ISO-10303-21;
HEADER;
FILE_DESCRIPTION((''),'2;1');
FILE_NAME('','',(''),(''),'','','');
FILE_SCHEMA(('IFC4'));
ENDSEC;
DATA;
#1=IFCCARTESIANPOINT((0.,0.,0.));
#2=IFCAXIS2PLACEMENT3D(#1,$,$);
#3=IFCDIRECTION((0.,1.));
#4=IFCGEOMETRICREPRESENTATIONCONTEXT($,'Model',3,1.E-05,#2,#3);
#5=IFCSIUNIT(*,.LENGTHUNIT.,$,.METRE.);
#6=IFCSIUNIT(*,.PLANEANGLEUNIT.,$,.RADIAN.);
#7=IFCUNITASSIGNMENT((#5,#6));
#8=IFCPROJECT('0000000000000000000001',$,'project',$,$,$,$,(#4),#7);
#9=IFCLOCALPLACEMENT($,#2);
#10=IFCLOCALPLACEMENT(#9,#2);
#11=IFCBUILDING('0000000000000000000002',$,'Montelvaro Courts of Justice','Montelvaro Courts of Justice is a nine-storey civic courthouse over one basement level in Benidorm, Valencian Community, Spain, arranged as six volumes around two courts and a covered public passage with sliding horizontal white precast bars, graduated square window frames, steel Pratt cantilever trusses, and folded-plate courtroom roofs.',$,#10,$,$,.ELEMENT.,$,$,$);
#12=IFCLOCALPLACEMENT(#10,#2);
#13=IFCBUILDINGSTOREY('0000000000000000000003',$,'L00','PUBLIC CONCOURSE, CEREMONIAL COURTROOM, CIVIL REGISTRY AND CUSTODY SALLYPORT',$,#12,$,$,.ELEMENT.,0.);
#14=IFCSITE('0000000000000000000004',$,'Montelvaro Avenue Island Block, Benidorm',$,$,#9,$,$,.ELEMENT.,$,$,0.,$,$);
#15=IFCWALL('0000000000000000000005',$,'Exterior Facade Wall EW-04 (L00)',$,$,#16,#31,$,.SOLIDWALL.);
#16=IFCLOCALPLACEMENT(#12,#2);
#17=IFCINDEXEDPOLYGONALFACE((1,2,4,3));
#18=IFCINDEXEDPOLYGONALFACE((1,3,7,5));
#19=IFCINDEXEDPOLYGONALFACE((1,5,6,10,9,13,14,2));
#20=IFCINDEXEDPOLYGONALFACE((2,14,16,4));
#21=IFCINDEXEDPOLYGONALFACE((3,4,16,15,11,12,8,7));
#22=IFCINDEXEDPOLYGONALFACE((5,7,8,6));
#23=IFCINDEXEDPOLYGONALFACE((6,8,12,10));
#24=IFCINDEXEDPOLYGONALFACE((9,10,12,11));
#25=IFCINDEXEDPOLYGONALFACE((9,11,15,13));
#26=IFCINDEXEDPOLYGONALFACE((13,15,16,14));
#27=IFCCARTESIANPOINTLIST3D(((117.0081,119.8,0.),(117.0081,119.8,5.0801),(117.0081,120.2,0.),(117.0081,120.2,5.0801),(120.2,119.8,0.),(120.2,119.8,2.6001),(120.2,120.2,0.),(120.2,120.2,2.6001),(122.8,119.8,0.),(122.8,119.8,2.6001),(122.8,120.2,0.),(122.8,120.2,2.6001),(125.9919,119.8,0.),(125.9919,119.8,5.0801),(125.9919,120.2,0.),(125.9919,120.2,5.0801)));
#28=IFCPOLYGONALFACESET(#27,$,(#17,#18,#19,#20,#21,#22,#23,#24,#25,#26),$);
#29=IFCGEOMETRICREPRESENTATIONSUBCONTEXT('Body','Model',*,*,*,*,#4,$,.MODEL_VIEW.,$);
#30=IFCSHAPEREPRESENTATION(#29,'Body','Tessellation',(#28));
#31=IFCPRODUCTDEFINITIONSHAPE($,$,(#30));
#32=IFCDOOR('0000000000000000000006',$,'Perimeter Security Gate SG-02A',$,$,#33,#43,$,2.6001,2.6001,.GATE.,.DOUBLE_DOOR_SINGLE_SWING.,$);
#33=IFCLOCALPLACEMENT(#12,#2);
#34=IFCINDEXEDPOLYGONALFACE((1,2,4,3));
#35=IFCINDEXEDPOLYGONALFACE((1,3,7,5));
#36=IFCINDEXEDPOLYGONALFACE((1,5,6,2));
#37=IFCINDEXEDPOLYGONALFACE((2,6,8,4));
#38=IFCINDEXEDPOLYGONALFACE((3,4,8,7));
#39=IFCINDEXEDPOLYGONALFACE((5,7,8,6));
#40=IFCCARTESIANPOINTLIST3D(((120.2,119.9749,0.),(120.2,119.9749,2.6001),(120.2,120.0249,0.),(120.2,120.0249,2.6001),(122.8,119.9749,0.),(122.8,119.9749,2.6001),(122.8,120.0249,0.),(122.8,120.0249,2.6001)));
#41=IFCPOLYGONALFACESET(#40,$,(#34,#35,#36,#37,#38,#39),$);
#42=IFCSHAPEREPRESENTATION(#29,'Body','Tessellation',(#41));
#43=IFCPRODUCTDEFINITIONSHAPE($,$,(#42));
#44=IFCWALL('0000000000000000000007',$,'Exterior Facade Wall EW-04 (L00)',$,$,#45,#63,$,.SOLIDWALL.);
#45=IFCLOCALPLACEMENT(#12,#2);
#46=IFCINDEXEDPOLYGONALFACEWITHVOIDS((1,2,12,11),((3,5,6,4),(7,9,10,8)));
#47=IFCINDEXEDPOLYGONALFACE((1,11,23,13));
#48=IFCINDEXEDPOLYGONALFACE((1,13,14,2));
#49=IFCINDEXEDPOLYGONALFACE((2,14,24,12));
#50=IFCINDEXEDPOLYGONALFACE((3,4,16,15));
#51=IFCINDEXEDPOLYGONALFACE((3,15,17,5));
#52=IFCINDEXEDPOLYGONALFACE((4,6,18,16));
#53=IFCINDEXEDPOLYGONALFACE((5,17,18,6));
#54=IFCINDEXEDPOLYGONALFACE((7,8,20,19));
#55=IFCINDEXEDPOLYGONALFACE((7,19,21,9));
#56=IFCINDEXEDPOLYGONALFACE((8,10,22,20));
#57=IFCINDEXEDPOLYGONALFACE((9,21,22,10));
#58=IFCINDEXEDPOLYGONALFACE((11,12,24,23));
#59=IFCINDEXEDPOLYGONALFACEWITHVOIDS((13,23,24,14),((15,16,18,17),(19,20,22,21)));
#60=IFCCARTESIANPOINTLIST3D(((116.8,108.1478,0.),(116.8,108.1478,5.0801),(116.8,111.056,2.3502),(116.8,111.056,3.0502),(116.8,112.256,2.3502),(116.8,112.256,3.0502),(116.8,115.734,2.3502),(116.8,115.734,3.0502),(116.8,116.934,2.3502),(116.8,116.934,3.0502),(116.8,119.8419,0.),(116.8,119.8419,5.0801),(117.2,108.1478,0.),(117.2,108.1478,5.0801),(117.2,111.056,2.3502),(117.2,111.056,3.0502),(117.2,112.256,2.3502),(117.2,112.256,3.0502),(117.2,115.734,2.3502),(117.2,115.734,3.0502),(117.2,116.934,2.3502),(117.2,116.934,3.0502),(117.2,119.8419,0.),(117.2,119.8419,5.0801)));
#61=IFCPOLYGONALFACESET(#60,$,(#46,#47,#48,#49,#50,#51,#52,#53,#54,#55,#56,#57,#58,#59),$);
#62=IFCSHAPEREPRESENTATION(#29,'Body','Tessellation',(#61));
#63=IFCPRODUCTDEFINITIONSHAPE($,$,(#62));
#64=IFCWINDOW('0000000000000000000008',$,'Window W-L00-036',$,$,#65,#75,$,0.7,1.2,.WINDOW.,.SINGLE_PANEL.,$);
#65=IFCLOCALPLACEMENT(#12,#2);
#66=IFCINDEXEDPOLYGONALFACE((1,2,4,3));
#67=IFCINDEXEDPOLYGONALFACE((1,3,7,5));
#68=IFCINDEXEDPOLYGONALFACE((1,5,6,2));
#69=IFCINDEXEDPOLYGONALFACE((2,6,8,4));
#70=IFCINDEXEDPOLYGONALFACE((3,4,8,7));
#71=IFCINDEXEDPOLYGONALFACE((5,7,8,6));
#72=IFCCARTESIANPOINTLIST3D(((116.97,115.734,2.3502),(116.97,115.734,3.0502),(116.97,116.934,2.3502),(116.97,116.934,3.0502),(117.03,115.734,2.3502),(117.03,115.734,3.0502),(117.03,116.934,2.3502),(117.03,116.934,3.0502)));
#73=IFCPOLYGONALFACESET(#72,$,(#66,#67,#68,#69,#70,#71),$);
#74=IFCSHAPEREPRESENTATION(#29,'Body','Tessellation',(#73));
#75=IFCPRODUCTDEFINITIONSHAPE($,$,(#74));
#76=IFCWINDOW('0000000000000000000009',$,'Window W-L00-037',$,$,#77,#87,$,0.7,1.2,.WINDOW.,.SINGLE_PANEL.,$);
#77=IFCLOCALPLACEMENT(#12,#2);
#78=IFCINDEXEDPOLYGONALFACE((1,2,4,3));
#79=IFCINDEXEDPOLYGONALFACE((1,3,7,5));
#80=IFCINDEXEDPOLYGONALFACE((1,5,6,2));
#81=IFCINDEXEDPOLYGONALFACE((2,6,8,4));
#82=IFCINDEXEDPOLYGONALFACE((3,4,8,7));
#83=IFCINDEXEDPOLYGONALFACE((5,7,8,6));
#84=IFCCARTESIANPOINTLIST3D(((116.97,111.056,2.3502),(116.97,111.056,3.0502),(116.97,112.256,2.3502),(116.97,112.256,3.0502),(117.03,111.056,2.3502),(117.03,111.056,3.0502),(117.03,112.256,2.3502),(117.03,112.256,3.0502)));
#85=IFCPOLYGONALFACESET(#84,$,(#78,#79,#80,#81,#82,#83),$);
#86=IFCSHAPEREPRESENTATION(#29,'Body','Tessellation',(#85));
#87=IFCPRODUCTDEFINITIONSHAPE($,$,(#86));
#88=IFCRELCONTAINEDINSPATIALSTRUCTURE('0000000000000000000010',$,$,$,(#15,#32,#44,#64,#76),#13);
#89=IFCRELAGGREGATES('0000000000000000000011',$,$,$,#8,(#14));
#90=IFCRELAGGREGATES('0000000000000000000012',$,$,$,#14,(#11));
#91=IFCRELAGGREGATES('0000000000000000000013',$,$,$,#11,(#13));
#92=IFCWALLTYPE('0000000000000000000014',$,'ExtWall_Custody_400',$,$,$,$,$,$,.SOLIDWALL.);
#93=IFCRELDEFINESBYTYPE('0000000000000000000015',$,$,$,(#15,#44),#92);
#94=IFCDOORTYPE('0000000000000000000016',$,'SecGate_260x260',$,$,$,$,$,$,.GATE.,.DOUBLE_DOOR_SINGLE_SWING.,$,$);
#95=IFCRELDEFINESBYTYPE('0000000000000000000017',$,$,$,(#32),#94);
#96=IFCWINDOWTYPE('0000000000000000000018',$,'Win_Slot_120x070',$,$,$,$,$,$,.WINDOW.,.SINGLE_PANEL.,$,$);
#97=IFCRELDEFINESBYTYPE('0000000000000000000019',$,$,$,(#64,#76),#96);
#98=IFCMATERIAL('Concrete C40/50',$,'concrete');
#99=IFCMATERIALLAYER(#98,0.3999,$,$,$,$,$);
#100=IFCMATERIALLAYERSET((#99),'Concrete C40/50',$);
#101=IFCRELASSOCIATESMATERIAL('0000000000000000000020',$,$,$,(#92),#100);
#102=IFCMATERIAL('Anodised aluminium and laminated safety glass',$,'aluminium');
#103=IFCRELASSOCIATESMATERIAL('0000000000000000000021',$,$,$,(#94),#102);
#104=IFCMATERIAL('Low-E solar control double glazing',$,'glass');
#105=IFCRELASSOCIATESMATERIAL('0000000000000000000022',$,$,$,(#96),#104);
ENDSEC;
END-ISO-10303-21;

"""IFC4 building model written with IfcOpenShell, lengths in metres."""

from ifc_helpers import new_model, si_unit, direction, frame, frame_2d, origin, place, context, subcontext, project, spatial, rectangle, extrude, material, layer, layer_set, type_object, element, fill, save


model = new_model("IFC4")

# Units and contexts
model_context = context("Model", 3, precision=1e-05, world=origin(), true_north=direction((0.0, 1.0)))
body_context = subcontext(model_context, "Body", "Model", "MODEL_VIEW")
ifc_project = project(units=[si_unit("LENGTHUNIT", "METRE"), si_unit("PLANEANGLEUNIT", "RADIAN")], contexts=[model_context])

# Site, building, storey
site_placement = place(None, origin())
site = spatial("IfcSite", under=ifc_project, at=site_placement, Name="Montelvaro Avenue Island Block, Benidorm", CompositionType="ELEMENT", RefElevation=0.0)
building_placement = place(site_placement, origin())
building = spatial("IfcBuilding", under=site, at=building_placement, Name="Montelvaro Courts of Justice", Description="Montelvaro Courts of Justice is a nine-storey civic courthouse over one basement level in Benidorm, Valencian Community, Spain, arranged as six volumes around two courts and a covered public passage with sliding horizontal white precast bars, graduated square window frames, steel Pratt cantilever trusses, and folded-plate courtroom roofs.", CompositionType="ELEMENT")
storey_placement = place(building_placement, origin())
storey = spatial("IfcBuildingStorey", under=building, at=storey_placement, Name="L00", Description="PUBLIC CONCOURSE, CEREMONIAL COURTROOM, CIVIL REGISTRY AND CUSTODY SALLYPORT", CompositionType="ELEMENT", Elevation=0.0)

# Shared definitions
ifc_material_1 = material(Name="Concrete C40/50", Category="concrete")
ifc_layer_1 = layer(ifc_material_1, 0.3999)
ifc_layer_set_1 = layer_set([ifc_layer_1], Name="Concrete C40/50")
wall_type_1 = type_object("IfcWallType", Name="ExtWall_Custody_400", PredefinedType="SOLIDWALL", material=ifc_layer_set_1)
ifc_material_2 = material(Name="Low-E solar control double glazing", Category="glass")

# Wall, opening, door
wall_1_placement = place(storey_placement, frame((125.9919, 120.0, 0.0), z_axis=(0.0, 0.0, 1.0), x_axis=(-1.0, 0.0, 0.0)))
wall_1 = element("IfcWall", 1, at=wall_1_placement, inside=storey, type_object=wall_type_1, Name="Exterior Facade Wall EW-04 (L00)", PredefinedType="SOLIDWALL", context=body_context, shape_type="SweptSolid", body=[
    extrude(rectangle(XDim=8.9839, YDim=0.3999, at=frame_2d((4.4919, 0.0))), origin(), (0.0, 0.0, 1.0), 5.0801),
])
opening_1_placement = place(wall_1_placement, frame((3.1919, 0.0, 0.0)))
opening_1 = element("IfcOpeningElement", 2, at=opening_1_placement, cuts=wall_1, PredefinedType="OPENING", context=body_context, shape_type="SweptSolid", body=[
    extrude(rectangle(XDim=2.6001, YDim=2.6001, at=frame_2d((1.3, 1.3))), frame((0.0, 0.2148, 0.0), z_axis=(0.0, -1.0, 0.0), x_axis=(1.0, 0.0, 0.0)), (0.0, 0.0, 1.0), 0.4297),
])
ifc_material_3 = material(Name="Anodised aluminium and laminated safety glass", Category="aluminium")
door_type_1 = type_object("IfcDoorType", Name="SecGate_260x260", OperationType="DOUBLE_DOOR_SINGLE_SWING", PredefinedType="GATE", material=ifc_material_3)
door_1_placement = place(opening_1_placement, frame((2.6001, 0.0, 0.0), z_axis=(0.0, 0.0, 1.0), x_axis=(-1.0, 0.0, 0.0)))
door_1 = element("IfcDoor", 3, at=door_1_placement, inside=storey, type_object=door_type_1, Name="Perimeter Security Gate SG-02A", OperationType="DOUBLE_DOOR_SINGLE_SWING", OverallHeight=2.6001, OverallWidth=2.6001, PredefinedType="GATE", context=body_context, shape_type="SweptSolid", body=[
    extrude(rectangle(XDim=2.6001, YDim=2.6001, at=frame_2d((1.3, 1.3))), frame((0.0, 0.0249, 0.0), z_axis=(0.0, -1.0, 0.0), x_axis=(1.0, 0.0, 0.0)), (0.0, 0.0, 1.0), 0.05),
])
fill(opening_1, door_1)

# Wall, openings, windows
wall_2_placement = place(storey_placement, frame((117.0, 119.842, 0.0), z_axis=(0.0, 0.0, 1.0), x_axis=(0.0, -1.0, 0.0)))
wall_2 = element("IfcWall", 4, at=wall_2_placement, inside=storey, type_object=wall_type_1, Name="Exterior Facade Wall EW-04 (L00)", PredefinedType="SOLIDWALL", context=body_context, shape_type="SweptSolid", body=[
    extrude(rectangle(XDim=11.6941, YDim=0.3999, at=frame_2d((5.8472, 0.0))), origin(), (0.0, 0.0, 1.0), 5.0801),
])
opening_2_placement = place(wall_2_placement, frame((2.908, 0.0, 2.3501)))
opening_2 = element("IfcOpeningElement", 5, at=opening_2_placement, cuts=wall_2, PredefinedType="OPENING", context=body_context, shape_type="SweptSolid", body=[
    extrude(rectangle(XDim=1.2, YDim=0.7, at=frame_2d((0.6001, 0.3501))), frame((0.0, 0.2148, 0.0), z_axis=(0.0, -1.0, 0.0), x_axis=(1.0, 0.0, 0.0)), (0.0, 0.0, 1.0), 0.4297),
])
opening_3_placement = place(wall_2_placement, frame((7.5859, 0.0, 2.3501)))
opening_3 = element("IfcOpeningElement", 6, at=opening_3_placement, cuts=wall_2, PredefinedType="OPENING", context=body_context, shape_type="SweptSolid", body=[
    extrude(rectangle(XDim=1.2, YDim=0.7, at=frame_2d((0.6001, 0.3501))), frame((0.0, 0.2148, 0.0), z_axis=(0.0, -1.0, 0.0), x_axis=(1.0, 0.0, 0.0)), (0.0, 0.0, 1.0), 0.4297),
])
window_type_1 = type_object("IfcWindowType", Name="Win_Slot_120x070", PartitioningType="SINGLE_PANEL", PredefinedType="WINDOW", material=ifc_material_2)
window_1_placement = place(opening_2_placement, origin())
window_1 = element("IfcWindow", 7, at=window_1_placement, inside=storey, type_object=window_type_1, Name="Window W-L00-036", OverallHeight=0.7, OverallWidth=1.2, PartitioningType="SINGLE_PANEL", PredefinedType="WINDOW", context=body_context, shape_type="SweptSolid", body=[
    extrude(rectangle(XDim=1.2, YDim=0.7, at=frame_2d((0.6001, 0.3501))), frame((0.0, 0.03, 0.0), z_axis=(0.0, -1.0, 0.0), x_axis=(1.0, 0.0, 0.0)), (0.0, 0.0, 1.0), 0.0601),
])
fill(opening_2, window_1)
window_2_placement = place(opening_3_placement, origin())
window_2 = element("IfcWindow", 8, at=window_2_placement, inside=storey, type_object=window_type_1, Name="Window W-L00-037", OverallHeight=0.7, OverallWidth=1.2, PartitioningType="SINGLE_PANEL", PredefinedType="WINDOW", context=body_context, shape_type="SweptSolid", body=[
    extrude(rectangle(XDim=1.2, YDim=0.7, at=frame_2d((0.6001, 0.3501))), frame((0.0, 0.03, 0.0), z_axis=(0.0, -1.0, 0.0), x_axis=(1.0, 0.0, 0.0)), (0.0, 0.0, 1.0), 0.0601),
])
fill(opening_3, window_2)

save(model, "model.ifc")
